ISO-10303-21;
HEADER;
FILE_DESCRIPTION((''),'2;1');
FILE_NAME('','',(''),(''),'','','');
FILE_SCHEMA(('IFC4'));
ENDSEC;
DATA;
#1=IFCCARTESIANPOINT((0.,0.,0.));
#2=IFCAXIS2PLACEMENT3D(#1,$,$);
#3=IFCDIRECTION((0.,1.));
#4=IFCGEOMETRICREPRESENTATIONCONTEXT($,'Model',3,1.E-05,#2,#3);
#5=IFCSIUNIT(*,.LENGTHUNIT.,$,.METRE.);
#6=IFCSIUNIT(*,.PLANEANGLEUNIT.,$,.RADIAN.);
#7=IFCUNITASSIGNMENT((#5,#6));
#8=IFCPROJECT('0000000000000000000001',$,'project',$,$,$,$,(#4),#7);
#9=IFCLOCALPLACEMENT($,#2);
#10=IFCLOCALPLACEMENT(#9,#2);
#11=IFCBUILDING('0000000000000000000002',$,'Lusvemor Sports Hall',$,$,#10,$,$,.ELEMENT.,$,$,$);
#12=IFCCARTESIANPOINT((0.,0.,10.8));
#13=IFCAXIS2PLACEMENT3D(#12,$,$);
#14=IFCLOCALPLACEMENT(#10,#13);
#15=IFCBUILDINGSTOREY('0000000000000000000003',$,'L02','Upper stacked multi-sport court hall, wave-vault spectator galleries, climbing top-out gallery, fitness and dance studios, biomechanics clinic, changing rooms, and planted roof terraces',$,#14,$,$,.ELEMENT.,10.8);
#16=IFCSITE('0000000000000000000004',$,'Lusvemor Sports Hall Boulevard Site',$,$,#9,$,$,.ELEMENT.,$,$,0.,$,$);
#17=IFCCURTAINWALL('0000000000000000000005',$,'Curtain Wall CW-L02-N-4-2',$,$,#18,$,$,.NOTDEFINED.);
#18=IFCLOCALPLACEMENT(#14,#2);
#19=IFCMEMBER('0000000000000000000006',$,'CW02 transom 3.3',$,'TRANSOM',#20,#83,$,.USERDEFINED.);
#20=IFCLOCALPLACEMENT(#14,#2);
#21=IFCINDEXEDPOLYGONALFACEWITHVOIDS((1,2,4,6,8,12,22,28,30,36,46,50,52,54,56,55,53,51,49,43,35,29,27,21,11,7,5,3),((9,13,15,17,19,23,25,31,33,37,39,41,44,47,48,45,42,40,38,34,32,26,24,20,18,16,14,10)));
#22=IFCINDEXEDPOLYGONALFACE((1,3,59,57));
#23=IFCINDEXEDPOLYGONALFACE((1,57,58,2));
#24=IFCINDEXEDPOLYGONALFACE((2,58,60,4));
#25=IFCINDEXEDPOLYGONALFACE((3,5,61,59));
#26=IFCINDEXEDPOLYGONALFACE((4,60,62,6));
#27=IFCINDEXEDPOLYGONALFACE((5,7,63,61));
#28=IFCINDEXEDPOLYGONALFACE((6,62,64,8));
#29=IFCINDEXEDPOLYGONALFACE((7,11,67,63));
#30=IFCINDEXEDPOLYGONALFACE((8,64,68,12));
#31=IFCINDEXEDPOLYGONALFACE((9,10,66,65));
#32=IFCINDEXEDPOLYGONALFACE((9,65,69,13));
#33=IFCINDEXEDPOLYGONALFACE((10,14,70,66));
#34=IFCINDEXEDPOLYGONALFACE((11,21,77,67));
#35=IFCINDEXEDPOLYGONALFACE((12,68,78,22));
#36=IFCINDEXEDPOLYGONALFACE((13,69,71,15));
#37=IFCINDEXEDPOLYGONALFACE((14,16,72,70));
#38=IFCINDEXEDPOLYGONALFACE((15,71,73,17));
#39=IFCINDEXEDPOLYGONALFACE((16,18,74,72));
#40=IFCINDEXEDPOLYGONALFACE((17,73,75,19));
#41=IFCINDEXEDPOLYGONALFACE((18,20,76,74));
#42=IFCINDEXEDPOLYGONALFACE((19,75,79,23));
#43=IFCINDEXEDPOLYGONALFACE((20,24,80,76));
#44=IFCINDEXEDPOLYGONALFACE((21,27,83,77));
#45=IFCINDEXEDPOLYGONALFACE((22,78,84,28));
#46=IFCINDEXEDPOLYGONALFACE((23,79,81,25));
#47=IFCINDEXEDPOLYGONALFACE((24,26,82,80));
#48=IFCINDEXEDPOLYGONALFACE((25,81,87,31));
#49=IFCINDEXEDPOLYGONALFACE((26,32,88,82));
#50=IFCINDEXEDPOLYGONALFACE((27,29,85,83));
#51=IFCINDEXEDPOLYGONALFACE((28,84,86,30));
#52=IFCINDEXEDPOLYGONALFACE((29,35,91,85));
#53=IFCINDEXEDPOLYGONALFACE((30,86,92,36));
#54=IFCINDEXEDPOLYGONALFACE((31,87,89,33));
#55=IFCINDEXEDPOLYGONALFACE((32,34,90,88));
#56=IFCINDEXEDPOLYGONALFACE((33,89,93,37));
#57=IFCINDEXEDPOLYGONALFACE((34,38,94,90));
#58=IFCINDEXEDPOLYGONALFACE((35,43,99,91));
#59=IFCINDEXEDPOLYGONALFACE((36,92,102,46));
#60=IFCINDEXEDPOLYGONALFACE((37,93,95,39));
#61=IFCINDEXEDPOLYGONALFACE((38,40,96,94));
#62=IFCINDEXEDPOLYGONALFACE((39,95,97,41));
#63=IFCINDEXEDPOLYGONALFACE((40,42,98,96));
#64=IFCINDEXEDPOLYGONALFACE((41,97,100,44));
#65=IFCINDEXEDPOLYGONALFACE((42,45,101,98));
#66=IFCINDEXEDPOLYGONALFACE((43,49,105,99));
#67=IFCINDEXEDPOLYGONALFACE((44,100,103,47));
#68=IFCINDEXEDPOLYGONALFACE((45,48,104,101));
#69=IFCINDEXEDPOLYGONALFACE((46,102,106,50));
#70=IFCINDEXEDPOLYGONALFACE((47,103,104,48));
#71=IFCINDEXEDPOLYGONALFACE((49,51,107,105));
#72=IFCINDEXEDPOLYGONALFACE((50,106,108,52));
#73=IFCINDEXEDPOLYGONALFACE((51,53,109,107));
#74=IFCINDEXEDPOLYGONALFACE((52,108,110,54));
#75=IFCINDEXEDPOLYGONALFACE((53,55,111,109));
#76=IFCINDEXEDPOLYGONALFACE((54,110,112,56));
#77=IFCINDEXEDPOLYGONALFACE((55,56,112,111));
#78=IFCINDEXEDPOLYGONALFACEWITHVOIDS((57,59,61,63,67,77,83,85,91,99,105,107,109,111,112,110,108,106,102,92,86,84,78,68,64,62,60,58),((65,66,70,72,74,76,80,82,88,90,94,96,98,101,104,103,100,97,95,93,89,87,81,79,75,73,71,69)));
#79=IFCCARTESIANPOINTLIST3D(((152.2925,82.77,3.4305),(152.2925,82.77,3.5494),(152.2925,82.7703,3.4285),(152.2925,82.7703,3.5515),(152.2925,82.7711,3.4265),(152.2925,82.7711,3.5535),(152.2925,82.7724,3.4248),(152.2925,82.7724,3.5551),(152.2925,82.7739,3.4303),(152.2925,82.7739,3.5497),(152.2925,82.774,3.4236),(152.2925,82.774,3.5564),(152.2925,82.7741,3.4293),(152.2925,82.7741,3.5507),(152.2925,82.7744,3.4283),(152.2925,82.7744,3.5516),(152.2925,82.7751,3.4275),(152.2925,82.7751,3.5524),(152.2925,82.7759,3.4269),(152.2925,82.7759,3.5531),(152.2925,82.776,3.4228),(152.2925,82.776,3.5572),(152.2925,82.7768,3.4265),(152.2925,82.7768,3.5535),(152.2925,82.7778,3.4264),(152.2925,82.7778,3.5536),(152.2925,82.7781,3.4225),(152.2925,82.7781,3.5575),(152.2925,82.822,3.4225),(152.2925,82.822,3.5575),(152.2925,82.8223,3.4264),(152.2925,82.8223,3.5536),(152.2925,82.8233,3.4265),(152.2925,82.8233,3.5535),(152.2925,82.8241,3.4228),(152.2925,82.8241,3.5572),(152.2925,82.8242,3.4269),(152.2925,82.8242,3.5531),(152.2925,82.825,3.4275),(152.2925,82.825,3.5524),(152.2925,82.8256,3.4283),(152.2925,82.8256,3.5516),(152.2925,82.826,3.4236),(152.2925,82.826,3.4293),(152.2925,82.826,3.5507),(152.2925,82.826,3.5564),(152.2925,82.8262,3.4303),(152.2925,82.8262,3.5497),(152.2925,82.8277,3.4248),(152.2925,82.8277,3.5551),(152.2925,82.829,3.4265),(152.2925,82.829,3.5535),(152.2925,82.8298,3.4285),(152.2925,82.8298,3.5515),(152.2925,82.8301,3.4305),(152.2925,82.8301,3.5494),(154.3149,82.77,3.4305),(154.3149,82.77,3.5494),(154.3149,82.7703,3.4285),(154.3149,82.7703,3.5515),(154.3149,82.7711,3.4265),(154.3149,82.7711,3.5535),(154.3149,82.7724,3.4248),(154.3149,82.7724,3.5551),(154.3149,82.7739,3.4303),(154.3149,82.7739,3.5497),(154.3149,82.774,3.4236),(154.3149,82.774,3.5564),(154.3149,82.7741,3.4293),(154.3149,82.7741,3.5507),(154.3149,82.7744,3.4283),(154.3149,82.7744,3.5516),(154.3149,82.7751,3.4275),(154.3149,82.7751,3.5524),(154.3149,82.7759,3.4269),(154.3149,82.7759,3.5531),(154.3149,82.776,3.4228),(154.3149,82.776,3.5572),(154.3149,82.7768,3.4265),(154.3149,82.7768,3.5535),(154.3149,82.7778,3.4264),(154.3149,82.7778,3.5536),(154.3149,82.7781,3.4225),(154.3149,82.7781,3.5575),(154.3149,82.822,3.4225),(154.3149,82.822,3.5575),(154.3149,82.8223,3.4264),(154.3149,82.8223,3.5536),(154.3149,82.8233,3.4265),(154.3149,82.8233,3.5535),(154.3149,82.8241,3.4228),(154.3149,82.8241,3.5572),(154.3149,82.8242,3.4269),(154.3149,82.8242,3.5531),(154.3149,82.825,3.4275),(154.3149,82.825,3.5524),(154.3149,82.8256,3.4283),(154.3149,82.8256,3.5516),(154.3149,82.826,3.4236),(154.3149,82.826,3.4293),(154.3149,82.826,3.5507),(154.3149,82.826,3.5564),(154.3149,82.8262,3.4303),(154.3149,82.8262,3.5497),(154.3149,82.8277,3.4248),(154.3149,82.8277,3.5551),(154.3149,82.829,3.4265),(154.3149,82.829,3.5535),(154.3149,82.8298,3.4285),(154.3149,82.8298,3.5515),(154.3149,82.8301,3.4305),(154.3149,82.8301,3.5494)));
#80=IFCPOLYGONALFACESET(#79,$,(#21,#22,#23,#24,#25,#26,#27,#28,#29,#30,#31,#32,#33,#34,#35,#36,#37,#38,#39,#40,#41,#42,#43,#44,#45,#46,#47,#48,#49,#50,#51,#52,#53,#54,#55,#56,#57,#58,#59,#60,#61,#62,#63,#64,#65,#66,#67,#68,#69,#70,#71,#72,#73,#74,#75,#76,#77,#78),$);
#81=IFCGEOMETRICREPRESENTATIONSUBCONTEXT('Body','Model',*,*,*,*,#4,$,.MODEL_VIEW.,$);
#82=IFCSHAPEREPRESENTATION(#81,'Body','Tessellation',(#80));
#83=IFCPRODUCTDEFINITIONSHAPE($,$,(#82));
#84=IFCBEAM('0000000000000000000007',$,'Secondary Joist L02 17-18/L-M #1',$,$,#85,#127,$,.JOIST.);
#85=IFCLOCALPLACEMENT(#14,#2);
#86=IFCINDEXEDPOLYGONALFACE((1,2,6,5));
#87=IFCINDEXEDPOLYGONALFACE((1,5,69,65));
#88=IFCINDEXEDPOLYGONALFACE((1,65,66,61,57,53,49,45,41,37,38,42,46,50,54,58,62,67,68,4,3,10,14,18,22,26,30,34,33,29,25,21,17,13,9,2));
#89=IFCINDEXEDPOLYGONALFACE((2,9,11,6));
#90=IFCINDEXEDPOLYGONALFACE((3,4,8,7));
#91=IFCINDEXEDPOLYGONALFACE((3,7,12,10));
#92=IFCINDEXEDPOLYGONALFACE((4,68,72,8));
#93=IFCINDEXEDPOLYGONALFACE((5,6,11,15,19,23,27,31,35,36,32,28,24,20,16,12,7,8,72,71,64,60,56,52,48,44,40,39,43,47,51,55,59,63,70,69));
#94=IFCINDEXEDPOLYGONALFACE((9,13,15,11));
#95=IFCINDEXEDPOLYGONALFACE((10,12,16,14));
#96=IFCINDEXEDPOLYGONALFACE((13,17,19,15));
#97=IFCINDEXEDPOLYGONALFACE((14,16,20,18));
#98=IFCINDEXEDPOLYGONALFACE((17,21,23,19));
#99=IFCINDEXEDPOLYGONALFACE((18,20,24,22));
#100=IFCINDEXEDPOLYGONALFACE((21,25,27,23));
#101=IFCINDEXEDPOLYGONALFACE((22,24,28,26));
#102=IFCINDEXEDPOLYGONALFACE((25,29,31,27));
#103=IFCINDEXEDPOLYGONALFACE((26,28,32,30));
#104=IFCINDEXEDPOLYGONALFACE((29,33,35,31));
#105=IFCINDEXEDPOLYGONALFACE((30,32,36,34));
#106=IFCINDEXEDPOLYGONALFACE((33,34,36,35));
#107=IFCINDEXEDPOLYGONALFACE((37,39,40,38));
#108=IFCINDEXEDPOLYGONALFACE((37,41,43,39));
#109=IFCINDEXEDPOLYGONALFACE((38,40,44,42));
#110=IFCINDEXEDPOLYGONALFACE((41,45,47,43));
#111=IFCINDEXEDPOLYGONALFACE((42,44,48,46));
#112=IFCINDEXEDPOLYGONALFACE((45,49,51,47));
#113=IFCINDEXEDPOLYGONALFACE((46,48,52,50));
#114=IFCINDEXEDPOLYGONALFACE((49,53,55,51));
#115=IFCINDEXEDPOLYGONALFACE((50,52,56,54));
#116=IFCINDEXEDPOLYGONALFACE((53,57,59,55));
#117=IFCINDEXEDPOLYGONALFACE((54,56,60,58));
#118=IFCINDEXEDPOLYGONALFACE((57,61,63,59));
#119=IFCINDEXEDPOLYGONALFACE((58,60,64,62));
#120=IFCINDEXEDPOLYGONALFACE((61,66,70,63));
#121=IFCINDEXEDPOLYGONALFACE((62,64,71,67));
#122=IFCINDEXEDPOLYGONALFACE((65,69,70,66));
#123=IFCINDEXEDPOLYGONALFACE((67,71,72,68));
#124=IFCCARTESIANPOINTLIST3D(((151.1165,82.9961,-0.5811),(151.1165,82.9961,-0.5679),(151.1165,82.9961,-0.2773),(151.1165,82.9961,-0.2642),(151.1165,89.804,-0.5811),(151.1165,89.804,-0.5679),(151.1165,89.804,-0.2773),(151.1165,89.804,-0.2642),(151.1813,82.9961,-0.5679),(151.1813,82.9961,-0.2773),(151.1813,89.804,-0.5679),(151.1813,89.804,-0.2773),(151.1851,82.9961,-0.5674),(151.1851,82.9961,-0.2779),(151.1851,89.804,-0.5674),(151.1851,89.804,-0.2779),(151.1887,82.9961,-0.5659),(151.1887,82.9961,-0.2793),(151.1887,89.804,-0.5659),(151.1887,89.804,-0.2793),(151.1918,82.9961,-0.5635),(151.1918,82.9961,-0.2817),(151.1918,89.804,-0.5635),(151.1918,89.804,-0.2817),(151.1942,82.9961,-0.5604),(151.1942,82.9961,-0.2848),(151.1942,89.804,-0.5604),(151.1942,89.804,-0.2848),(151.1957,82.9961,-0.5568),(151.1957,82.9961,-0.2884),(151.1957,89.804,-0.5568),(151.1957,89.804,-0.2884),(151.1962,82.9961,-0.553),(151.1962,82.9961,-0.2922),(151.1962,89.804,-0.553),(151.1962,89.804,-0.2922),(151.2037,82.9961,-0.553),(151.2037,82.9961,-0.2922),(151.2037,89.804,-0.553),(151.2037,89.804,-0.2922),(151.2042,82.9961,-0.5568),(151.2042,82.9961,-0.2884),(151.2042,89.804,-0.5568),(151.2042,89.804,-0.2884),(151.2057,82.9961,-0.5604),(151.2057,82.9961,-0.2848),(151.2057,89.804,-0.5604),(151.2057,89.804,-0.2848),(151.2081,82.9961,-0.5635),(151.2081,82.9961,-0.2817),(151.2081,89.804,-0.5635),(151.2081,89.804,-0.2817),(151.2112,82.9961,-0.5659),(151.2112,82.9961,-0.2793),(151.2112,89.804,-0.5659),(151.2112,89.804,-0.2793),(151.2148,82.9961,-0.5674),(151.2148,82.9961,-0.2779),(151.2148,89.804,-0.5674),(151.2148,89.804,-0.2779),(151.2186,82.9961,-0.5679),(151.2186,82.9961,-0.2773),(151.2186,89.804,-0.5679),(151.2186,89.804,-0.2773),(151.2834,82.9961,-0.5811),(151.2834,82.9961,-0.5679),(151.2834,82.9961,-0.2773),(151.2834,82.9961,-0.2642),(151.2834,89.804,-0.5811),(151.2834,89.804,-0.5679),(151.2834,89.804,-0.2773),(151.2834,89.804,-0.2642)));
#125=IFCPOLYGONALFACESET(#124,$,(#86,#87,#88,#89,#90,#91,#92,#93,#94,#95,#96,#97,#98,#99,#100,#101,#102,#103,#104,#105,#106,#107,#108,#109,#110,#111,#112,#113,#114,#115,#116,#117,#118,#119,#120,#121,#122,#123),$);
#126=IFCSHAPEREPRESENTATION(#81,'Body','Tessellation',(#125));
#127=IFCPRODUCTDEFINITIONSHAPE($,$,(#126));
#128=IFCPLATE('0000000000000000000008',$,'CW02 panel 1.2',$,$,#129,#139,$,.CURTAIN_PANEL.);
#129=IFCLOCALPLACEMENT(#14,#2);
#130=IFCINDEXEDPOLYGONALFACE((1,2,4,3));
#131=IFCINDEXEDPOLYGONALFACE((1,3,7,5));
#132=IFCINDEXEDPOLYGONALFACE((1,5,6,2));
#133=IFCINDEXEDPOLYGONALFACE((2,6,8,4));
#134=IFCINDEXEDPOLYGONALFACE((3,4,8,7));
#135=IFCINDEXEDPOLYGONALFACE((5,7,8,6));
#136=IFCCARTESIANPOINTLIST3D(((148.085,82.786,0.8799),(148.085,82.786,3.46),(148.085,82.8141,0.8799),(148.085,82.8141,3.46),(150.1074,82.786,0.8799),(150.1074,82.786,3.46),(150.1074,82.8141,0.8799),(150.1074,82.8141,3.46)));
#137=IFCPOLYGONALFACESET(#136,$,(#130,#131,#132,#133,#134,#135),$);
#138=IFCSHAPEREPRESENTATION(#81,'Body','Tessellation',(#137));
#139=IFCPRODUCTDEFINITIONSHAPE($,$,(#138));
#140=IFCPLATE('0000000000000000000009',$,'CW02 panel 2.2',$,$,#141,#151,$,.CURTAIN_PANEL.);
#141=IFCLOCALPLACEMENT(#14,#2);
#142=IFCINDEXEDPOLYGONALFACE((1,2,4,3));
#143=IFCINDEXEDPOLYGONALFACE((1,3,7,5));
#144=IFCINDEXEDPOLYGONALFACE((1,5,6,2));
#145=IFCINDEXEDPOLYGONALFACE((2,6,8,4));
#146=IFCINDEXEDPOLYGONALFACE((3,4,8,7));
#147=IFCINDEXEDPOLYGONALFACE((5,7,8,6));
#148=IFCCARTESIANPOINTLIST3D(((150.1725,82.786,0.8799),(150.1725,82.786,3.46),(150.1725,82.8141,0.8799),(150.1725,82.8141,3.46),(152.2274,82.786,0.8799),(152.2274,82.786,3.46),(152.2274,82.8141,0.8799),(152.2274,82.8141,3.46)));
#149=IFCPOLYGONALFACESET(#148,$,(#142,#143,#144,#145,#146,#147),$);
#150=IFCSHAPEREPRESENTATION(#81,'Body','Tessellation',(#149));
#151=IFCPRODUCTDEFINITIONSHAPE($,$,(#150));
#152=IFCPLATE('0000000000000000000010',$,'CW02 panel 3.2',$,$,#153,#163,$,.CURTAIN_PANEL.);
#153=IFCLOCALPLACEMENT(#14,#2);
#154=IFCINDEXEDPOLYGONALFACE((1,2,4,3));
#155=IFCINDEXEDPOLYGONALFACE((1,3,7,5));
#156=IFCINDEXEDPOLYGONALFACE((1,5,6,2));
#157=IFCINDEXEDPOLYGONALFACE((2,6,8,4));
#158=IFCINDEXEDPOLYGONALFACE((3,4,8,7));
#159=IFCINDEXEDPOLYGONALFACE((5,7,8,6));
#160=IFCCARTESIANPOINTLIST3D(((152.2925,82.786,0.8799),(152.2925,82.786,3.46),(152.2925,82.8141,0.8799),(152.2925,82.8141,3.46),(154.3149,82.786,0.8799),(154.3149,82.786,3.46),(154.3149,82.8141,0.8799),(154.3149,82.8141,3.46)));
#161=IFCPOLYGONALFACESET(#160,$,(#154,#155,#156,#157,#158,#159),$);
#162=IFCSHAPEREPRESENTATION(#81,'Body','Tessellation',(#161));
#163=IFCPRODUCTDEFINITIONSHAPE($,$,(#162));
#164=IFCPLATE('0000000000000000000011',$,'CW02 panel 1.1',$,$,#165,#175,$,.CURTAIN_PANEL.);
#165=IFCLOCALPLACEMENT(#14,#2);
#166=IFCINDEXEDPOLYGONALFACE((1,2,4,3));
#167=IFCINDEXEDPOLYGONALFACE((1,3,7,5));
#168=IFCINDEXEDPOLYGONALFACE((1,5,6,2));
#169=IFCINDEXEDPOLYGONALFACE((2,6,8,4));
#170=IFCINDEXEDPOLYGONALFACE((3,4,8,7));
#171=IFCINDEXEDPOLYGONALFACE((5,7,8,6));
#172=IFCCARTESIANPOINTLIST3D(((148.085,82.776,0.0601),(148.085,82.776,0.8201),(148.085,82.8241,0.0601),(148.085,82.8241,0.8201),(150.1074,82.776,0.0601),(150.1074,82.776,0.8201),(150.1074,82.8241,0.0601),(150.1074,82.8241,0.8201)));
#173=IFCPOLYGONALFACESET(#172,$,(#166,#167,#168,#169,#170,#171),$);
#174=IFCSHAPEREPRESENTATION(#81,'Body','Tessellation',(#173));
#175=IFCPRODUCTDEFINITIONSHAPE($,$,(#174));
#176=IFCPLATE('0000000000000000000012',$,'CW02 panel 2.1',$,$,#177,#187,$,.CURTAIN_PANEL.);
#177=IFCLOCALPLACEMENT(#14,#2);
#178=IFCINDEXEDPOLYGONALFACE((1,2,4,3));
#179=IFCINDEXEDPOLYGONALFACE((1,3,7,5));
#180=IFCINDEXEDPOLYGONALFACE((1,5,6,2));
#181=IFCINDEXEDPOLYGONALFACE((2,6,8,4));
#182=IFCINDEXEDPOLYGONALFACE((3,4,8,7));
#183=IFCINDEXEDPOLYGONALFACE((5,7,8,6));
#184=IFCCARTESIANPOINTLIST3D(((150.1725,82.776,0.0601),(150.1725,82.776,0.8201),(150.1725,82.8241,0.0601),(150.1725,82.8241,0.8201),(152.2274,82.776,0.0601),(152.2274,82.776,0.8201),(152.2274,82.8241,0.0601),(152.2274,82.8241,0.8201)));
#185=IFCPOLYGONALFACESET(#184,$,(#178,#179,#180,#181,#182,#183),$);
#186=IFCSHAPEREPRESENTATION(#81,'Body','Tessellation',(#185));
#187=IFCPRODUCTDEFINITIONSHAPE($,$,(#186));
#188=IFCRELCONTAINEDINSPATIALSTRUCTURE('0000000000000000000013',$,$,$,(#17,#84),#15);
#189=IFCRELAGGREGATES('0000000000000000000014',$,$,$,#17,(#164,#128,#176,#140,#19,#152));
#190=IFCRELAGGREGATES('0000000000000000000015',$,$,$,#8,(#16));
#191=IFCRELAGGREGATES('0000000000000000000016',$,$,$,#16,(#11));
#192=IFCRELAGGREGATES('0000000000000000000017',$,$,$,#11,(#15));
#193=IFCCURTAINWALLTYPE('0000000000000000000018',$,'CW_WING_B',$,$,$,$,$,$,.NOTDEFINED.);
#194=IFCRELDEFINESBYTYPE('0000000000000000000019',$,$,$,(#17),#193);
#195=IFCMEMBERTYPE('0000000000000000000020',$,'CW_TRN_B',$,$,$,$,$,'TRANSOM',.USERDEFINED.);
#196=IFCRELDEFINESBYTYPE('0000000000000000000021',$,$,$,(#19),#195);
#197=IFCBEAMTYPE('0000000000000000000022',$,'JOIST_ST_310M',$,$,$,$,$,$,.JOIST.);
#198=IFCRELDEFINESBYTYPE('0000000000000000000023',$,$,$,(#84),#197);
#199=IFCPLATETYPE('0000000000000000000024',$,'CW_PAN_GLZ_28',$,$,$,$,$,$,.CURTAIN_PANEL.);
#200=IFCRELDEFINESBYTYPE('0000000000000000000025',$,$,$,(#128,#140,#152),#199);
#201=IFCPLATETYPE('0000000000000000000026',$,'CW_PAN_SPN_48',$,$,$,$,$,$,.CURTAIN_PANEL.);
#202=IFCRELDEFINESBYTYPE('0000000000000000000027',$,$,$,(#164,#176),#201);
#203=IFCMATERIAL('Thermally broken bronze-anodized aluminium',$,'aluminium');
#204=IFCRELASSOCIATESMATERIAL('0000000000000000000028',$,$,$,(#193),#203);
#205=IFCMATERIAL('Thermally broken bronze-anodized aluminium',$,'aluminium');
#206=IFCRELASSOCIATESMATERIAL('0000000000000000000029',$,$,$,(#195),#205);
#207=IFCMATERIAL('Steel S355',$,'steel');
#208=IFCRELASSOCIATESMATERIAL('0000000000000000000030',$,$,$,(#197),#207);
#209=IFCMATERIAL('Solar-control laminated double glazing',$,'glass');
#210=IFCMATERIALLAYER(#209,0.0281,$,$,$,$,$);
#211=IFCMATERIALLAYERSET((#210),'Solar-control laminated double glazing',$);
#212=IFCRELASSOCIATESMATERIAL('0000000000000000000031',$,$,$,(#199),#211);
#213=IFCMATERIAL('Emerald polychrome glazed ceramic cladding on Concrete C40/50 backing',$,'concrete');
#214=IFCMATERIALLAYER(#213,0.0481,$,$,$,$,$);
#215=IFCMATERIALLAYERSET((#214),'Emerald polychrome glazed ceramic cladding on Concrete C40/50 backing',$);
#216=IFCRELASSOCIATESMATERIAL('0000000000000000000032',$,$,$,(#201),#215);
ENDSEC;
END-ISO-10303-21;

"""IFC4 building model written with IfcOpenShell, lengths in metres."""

from ifc_helpers import new_model, si_unit, direction, frame, origin, origin_2d, place, context, subcontext, project, spatial, rectangle, hollow_rectangle, i_section, extrude, material, layer, layer_set, material_profile, profile_set, type_object, element, aggregate, save


model = new_model("IFC4")

# Units and contexts
model_context = context("Model", 3, precision=1e-05, world=origin(), true_north=direction((0.0, 1.0)))
body_context = subcontext(model_context, "Body", "Model", "MODEL_VIEW")
ifc_project = project(units=[si_unit("LENGTHUNIT", "METRE"), si_unit("PLANEANGLEUNIT", "RADIAN")], contexts=[model_context])

# Site, building, storey
site_placement = place(None, origin())
site = spatial("IfcSite", under=ifc_project, at=site_placement, Name="Lusvemor Sports Hall Boulevard Site", CompositionType="ELEMENT", RefElevation=0.0)
building_placement = place(site_placement, origin())
building = spatial("IfcBuilding", under=site, at=building_placement, Name="Lusvemor Sports Hall", CompositionType="ELEMENT")
storey_placement = place(building_placement, frame((0.0, 0.0, 10.8)))
storey = spatial("IfcBuildingStorey", under=building, at=storey_placement, Name="L02", Description="Upper stacked multi-sport court hall, wave-vault spectator galleries, climbing top-out gallery, fitness and dance studios, biomechanics clinic, changing rooms, and planted roof terraces", CompositionType="ELEMENT", Elevation=10.8)

# Curtain wall, member
ifc_material_1 = material(Name="Thermally broken bronze-anodized aluminium", Category="aluminium")
curtain_wall_type = type_object("IfcCurtainWallType", Name="CW_WING_B", PredefinedType="NOTDEFINED", material=ifc_material_1)
curtain_wall_placement = place(storey_placement, origin())
curtain_wall = element("IfcCurtainWall", 1, at=curtain_wall_placement, inside=storey, type_object=curtain_wall_type, Name="Curtain Wall CW-L02-N-4-2", PredefinedType="NOTDEFINED")
ifc_material_2 = material(Name="Thermally broken bronze-anodized aluminium", Category="aluminium")
ifc_material_profile_1 = material_profile(ifc_material_2, hollow_rectangle(XDim=0.0601, YDim=0.135, WallThickness=0.0039, InnerFilletRadius=0.0039, OuterFilletRadius=0.0081, at=origin_2d()), Name="CWTRN135x60x4")
ifc_profile_set_1 = profile_set([ifc_material_profile_1], Name="Thermally broken bronze-anodized aluminium")
member_type_1 = type_object("IfcMemberType", Name="CW_TRN_B", ElementType="TRANSOM", PredefinedType="USERDEFINED", material=ifc_profile_set_1)
member_1_placement = place(storey_placement, frame((152.2925, 82.8, 3.49), z_axis=(1.0, 0.0, 0.0), x_axis=(0.0, 1.0, 0.0)))
member_1 = element("IfcMember", 2, at=member_1_placement, type_object=member_type_1, Name="CW02 transom 3.3", ObjectType="TRANSOM", PredefinedType="USERDEFINED", context=body_context, shape_type="SweptSolid", body=[
    extrude(hollow_rectangle(XDim=0.0601, YDim=0.135, WallThickness=0.0039, InnerFilletRadius=0.0039, OuterFilletRadius=0.0081, at=origin_2d()), origin(), (0.0, 0.0, 1.0), 2.0225),
])

# Beam
ifc_material_3 = material(Name="Steel S355", Category="steel")
ifc_material_profile_2 = material_profile(ifc_material_3, i_section(OverallWidth=0.167, OverallDepth=0.3169, WebThickness=0.0076, FlangeThickness=0.0132, FilletRadius=0.0149, at=origin_2d()), Name="W310x52.0")
ifc_profile_set_2 = profile_set([ifc_material_profile_2], Name="Steel S355")
beam_type_1 = type_object("IfcBeamType", Name="JOIST_ST_310M", PredefinedType="JOIST", material=ifc_profile_set_2)
beam_1_placement = place(storey_placement, frame((151.2, 82.9961, -0.4226), z_axis=(0.0, 1.0, 0.0), x_axis=(-1.0, 0.0, 0.0)))
element("IfcBeam", 3, at=beam_1_placement, inside=storey, type_object=beam_type_1, Name="Secondary Joist L02 17-18/L-M #1", PredefinedType="JOIST", context=body_context, shape_type="SweptSolid", body=[
    extrude(i_section(OverallWidth=0.167, OverallDepth=0.3169, WebThickness=0.0076, FlangeThickness=0.0132, FilletRadius=0.0149, at=origin_2d()), origin(), (0.0, 0.0, 1.0), 6.8079),
])

# Plates
ifc_material_4 = material(Name="Solar-control laminated double glazing", Category="glass")
ifc_layer_1 = layer(ifc_material_4, 0.0281)
ifc_layer_set_1 = layer_set([ifc_layer_1], Name="Solar-control laminated double glazing")
plate_type_1 = type_object("IfcPlateType", Name="CW_PAN_GLZ_28", PredefinedType="CURTAIN_PANEL", material=ifc_layer_set_1)
plate_1_placement = place(storey_placement, frame((149.0962, 82.8, 0.8799), z_axis=(0.0, 0.0, 1.0), x_axis=(1.0, 0.0, 0.0)))
plate_1 = element("IfcPlate", 4, at=plate_1_placement, type_object=plate_type_1, Name="CW02 panel 1.2", PredefinedType="CURTAIN_PANEL", context=body_context, shape_type="SweptSolid", body=[
    extrude(rectangle(XDim=2.0225, YDim=0.0281, at=origin_2d()), origin(), (0.0, 0.0, 1.0), 2.5801),
])
plate_2_placement = place(storey_placement, frame((151.2, 82.8, 0.8799), z_axis=(0.0, 0.0, 1.0), x_axis=(1.0, 0.0, 0.0)))
plate_2 = element("IfcPlate", 5, at=plate_2_placement, type_object=plate_type_1, Name="CW02 panel 2.2", PredefinedType="CURTAIN_PANEL", context=body_context, shape_type="SweptSolid", body=[
    extrude(rectangle(XDim=2.0549, YDim=0.0281, at=origin_2d()), origin(), (0.0, 0.0, 1.0), 2.5801),
])
plate_3_placement = place(storey_placement, frame((153.3037, 82.8, 0.8799), z_axis=(0.0, 0.0, 1.0), x_axis=(1.0, 0.0, 0.0)))
plate_3 = element("IfcPlate", 6, at=plate_3_placement, type_object=plate_type_1, Name="CW02 panel 3.2", PredefinedType="CURTAIN_PANEL", context=body_context, shape_type="SweptSolid", body=[
    extrude(rectangle(XDim=2.0225, YDim=0.0281, at=origin_2d()), origin(), (0.0, 0.0, 1.0), 2.5801),
])
ifc_material_5 = material(Name="Emerald polychrome glazed ceramic cladding on Concrete C40/50 backing", Category="concrete")
ifc_layer_2 = layer(ifc_material_5, 0.0481)
ifc_layer_set_2 = layer_set([ifc_layer_2], Name="Emerald polychrome glazed ceramic cladding on Concrete C40/50 backing")
plate_type_2 = type_object("IfcPlateType", Name="CW_PAN_SPN_48", PredefinedType="CURTAIN_PANEL", material=ifc_layer_set_2)
plate_4_placement = place(storey_placement, frame((149.0962, 82.8, 0.0601), z_axis=(0.0, 0.0, 1.0), x_axis=(1.0, 0.0, 0.0)))
plate_4 = element("IfcPlate", 7, at=plate_4_placement, type_object=plate_type_2, Name="CW02 panel 1.1", PredefinedType="CURTAIN_PANEL", context=body_context, shape_type="SweptSolid", body=[
    extrude(rectangle(XDim=2.0225, YDim=0.0481, at=origin_2d()), origin(), (0.0, 0.0, 1.0), 0.76),
])
plate_5_placement = place(storey_placement, frame((151.2, 82.8, 0.0601), z_axis=(0.0, 0.0, 1.0), x_axis=(1.0, 0.0, 0.0)))
plate_5 = element("IfcPlate", 8, at=plate_5_placement, type_object=plate_type_2, Name="CW02 panel 2.1", PredefinedType="CURTAIN_PANEL", context=body_context, shape_type="SweptSolid", body=[
    extrude(rectangle(XDim=2.0549, YDim=0.0481, at=origin_2d()), origin(), (0.0, 0.0, 1.0), 0.76),
])
aggregate(curtain_wall, [plate_4, plate_1, plate_5, plate_2, member_1, plate_3])

save(model, "model.ifc")
